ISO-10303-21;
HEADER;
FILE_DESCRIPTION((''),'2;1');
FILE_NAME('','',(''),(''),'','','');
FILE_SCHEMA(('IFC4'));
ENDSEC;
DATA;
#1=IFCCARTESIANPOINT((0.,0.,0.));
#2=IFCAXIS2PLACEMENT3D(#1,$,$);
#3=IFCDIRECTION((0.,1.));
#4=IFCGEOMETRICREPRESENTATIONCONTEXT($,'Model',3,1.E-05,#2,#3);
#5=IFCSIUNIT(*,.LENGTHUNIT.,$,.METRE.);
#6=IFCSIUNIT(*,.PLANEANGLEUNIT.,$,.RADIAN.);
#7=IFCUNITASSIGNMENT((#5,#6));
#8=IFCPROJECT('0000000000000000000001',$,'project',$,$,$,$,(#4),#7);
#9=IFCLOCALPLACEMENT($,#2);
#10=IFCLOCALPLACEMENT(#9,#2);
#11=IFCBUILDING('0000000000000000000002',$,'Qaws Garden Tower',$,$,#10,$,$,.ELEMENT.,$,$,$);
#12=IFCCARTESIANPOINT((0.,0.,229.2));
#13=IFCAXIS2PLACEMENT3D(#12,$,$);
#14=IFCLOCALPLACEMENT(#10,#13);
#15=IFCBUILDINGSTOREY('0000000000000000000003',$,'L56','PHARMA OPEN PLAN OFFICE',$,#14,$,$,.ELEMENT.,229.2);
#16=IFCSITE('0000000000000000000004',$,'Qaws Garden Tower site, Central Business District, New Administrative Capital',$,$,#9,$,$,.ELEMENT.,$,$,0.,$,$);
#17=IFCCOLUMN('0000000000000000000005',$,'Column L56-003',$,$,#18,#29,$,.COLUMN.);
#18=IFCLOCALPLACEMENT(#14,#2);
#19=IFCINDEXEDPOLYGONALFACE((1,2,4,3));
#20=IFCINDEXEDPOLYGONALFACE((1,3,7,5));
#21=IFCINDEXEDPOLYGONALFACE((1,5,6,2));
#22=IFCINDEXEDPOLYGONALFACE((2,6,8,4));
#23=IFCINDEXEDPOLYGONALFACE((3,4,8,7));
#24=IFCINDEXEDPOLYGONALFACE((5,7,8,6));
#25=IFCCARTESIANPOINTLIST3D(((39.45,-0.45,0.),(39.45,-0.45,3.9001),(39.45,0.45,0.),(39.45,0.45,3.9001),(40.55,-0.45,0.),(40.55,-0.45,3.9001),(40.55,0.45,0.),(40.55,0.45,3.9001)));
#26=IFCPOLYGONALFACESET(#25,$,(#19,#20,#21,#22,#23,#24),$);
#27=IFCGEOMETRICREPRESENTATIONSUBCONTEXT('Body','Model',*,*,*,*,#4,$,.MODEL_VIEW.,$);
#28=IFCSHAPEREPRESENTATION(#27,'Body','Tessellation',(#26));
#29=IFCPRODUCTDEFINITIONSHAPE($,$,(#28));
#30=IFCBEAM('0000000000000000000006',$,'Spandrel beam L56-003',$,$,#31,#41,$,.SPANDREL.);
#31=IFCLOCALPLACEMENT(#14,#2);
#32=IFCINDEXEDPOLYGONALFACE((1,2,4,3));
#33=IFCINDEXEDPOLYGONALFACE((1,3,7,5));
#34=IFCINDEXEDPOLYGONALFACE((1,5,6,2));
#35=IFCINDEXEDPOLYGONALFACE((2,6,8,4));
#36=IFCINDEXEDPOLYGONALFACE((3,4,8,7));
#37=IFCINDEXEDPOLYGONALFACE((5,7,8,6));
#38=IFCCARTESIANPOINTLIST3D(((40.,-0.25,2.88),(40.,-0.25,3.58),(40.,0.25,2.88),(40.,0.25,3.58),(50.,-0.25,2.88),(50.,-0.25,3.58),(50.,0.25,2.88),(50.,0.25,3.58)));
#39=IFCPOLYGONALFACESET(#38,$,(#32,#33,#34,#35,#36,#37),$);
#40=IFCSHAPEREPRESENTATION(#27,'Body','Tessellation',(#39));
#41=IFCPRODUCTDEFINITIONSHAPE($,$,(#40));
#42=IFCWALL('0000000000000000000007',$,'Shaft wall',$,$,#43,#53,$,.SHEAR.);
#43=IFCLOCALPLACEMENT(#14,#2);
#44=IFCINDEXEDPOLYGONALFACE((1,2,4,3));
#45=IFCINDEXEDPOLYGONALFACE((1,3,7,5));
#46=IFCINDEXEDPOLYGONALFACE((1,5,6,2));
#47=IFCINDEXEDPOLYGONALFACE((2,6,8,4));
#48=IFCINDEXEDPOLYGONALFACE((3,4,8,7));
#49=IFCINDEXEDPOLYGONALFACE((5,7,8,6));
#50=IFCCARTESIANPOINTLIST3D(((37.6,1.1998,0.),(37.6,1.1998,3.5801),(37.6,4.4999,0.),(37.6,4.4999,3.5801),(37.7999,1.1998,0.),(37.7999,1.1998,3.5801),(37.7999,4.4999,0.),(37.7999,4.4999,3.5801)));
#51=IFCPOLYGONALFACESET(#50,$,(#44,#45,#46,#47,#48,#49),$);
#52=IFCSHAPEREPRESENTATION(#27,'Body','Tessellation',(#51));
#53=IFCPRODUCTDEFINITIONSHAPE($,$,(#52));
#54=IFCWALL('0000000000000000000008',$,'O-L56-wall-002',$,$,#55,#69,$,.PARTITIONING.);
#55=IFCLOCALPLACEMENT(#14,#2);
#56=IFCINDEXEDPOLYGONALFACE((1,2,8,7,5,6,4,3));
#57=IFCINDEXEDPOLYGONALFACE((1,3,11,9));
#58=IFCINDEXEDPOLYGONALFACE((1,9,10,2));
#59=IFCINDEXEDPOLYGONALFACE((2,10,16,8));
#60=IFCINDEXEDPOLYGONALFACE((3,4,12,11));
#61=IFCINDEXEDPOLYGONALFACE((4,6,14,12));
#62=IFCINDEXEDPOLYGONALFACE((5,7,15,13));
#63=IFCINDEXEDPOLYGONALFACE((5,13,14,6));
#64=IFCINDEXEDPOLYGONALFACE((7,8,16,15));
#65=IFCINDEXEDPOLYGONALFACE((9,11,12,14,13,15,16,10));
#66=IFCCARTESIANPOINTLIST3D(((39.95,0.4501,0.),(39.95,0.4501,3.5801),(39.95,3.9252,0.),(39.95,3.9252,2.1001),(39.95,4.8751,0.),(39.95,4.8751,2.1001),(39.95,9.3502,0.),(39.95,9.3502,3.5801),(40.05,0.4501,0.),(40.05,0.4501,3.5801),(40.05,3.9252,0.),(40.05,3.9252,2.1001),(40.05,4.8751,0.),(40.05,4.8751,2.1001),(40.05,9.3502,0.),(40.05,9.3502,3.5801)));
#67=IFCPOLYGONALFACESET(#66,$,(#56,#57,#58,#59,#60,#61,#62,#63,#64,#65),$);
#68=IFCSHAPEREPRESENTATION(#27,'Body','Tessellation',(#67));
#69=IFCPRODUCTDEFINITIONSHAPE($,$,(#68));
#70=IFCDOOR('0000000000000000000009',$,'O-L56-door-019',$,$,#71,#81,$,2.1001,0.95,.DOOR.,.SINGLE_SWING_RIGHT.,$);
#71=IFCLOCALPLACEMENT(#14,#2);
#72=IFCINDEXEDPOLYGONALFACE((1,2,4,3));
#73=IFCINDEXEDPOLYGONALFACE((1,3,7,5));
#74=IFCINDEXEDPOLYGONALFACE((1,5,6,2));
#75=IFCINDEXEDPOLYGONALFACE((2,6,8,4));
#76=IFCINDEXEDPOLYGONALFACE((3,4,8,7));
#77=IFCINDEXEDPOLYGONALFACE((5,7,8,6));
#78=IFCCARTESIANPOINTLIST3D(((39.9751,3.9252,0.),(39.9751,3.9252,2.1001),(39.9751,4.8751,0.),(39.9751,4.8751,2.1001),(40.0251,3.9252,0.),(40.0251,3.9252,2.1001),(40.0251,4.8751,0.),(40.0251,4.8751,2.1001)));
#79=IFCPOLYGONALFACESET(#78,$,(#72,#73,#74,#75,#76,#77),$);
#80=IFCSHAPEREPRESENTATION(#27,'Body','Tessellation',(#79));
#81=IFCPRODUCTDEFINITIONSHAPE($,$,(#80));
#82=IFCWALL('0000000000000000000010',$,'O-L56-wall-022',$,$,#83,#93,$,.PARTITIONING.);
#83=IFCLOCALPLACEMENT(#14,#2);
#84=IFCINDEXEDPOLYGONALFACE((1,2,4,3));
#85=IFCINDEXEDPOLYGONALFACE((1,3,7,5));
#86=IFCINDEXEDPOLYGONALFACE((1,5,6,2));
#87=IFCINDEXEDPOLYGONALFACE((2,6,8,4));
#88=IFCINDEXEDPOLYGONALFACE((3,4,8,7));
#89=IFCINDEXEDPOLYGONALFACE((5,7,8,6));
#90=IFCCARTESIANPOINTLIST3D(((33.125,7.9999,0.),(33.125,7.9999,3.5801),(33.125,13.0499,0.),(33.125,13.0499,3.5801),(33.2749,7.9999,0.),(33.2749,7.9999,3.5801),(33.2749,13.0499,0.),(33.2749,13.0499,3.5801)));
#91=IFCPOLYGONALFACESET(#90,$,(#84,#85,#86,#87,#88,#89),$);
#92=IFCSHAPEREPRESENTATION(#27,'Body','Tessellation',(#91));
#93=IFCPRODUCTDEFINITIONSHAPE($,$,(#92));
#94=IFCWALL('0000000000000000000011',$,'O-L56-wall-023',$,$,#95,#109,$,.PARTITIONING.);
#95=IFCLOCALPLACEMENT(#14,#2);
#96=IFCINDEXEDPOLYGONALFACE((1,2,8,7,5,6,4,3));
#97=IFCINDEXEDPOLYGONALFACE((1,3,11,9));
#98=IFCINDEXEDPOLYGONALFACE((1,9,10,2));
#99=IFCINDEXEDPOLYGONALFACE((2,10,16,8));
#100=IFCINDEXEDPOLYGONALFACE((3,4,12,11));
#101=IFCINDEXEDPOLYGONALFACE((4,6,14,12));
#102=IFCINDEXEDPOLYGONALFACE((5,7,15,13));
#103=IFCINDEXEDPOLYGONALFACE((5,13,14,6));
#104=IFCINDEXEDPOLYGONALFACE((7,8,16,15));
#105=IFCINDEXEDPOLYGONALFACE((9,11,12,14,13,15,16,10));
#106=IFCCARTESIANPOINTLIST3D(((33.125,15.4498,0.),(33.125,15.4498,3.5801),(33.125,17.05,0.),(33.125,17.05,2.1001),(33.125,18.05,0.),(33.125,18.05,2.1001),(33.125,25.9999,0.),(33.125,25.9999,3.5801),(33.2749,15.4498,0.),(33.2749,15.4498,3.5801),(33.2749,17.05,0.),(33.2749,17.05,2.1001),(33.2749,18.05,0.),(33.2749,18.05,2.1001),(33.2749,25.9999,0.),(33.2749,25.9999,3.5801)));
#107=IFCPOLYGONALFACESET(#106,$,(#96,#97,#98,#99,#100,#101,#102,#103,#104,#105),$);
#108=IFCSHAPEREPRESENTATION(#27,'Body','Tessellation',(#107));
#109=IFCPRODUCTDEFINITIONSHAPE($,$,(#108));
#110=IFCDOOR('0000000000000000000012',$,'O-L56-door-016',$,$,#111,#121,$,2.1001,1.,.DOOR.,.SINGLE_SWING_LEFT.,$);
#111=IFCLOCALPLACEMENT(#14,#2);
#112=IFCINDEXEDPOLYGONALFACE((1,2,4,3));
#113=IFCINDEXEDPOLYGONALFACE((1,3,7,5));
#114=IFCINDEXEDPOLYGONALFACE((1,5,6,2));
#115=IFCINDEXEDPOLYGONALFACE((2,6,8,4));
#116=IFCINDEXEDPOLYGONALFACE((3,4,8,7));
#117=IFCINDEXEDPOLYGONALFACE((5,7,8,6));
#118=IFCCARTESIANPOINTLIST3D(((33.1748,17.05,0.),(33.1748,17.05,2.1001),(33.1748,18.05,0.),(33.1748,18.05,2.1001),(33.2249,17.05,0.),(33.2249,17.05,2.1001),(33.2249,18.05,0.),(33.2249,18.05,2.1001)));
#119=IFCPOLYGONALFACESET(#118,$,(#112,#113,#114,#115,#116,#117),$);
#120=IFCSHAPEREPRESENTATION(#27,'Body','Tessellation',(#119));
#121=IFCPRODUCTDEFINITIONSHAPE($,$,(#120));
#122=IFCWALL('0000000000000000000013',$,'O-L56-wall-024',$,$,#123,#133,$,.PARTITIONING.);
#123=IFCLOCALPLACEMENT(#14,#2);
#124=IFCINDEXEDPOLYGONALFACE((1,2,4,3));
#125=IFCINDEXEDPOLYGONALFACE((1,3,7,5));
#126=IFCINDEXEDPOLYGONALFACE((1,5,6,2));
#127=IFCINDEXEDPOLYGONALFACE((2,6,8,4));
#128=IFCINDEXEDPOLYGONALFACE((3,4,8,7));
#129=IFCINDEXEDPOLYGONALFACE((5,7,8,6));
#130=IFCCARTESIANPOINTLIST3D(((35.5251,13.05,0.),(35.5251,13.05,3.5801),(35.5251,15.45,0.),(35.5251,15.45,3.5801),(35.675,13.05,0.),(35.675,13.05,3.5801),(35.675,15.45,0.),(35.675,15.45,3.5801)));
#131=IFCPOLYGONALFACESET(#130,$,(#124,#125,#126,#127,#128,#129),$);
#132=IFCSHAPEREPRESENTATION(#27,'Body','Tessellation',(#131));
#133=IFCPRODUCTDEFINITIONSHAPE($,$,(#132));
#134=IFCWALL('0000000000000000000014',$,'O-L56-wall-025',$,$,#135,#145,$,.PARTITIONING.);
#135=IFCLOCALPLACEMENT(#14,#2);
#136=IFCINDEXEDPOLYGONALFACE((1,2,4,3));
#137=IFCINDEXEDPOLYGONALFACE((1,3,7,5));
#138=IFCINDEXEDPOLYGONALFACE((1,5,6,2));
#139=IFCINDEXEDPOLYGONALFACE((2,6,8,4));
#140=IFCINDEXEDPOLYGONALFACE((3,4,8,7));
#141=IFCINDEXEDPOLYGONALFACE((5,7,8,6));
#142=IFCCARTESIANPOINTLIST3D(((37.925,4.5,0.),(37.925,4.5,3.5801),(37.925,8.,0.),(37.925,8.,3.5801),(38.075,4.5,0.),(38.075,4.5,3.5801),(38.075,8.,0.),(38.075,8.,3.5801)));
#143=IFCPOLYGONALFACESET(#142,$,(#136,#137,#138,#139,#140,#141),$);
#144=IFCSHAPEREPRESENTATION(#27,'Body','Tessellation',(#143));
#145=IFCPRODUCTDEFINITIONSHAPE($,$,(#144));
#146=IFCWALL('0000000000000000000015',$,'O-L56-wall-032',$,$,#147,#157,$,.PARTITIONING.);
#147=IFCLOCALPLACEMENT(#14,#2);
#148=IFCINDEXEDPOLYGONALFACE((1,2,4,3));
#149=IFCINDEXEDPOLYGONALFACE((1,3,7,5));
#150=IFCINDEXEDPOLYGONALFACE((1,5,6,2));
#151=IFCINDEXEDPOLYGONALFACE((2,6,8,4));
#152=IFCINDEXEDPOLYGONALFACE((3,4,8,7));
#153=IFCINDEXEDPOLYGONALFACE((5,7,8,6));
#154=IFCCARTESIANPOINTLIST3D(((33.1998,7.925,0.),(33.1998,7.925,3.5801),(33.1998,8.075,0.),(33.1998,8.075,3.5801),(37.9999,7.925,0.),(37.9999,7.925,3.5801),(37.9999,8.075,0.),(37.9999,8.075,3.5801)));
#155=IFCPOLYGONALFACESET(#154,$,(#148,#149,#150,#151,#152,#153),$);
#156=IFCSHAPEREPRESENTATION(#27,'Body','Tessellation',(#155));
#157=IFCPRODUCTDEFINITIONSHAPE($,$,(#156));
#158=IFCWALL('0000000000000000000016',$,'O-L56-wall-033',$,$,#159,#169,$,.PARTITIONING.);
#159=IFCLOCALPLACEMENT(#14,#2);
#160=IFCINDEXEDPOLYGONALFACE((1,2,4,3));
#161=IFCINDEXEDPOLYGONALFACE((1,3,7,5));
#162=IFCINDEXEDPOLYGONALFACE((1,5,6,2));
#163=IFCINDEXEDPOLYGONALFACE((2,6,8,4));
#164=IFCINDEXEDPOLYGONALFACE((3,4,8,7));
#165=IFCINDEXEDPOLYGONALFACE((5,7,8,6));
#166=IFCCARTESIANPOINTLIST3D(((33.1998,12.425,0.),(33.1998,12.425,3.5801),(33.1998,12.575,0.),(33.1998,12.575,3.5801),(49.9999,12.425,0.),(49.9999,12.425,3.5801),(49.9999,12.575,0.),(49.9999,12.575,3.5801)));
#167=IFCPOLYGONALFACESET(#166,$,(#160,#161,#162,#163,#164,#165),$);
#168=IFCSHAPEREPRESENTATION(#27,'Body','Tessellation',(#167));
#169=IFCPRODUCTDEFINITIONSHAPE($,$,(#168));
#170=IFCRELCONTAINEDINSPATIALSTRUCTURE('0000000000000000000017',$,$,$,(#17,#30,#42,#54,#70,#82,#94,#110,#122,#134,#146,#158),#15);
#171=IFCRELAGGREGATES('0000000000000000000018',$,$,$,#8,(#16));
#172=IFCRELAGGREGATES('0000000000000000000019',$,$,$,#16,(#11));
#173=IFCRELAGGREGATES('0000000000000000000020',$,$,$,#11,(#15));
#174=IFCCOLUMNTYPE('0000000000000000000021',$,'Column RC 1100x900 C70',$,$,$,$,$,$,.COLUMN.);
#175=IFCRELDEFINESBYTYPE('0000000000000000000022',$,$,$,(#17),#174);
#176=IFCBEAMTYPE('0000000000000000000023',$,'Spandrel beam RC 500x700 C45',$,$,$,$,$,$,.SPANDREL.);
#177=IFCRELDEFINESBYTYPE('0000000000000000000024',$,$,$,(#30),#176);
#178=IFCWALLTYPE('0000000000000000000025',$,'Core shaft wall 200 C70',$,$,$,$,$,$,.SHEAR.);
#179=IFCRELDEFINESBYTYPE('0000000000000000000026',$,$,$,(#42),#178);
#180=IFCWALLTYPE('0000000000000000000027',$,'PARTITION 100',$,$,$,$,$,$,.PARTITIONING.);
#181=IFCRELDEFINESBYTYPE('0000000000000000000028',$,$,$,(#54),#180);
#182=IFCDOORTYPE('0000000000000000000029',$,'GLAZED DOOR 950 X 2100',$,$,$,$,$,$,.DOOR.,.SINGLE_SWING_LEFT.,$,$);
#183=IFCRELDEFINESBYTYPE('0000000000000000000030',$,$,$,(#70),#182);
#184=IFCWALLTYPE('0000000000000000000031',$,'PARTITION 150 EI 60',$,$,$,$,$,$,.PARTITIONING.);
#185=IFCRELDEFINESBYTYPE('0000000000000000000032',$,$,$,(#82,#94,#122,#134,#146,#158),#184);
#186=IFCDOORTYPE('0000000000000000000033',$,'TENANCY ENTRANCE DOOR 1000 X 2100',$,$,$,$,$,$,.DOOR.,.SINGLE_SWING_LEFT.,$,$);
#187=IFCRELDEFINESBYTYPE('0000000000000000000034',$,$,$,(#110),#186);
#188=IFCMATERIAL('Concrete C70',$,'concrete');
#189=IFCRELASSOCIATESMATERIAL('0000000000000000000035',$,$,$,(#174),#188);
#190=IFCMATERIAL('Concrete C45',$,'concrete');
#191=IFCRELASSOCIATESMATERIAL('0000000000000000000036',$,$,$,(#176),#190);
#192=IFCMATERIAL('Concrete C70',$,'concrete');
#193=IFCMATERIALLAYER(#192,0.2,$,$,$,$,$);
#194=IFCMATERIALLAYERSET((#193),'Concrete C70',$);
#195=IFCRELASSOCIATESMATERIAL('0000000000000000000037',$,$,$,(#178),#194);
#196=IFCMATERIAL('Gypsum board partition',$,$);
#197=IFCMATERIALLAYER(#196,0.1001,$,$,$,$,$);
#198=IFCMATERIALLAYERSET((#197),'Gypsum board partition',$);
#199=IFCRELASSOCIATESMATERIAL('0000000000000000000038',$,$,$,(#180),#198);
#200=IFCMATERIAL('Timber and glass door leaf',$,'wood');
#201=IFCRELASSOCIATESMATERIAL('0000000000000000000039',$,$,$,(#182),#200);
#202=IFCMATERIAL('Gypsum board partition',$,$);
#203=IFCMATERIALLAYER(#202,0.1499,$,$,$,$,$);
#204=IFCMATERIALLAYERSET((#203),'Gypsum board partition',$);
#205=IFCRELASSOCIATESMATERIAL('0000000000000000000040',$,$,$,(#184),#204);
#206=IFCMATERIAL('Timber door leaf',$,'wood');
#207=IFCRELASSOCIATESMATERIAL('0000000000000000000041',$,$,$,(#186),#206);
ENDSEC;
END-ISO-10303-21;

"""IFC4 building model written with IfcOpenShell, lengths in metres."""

from ifc_helpers import new_model, si_unit, direction, frame, frame_2d, origin, origin_2d, place, context, subcontext, project, spatial, rectangle, extrude, material, layer, layer_set, material_profile, profile_set, type_object, element, fill, save


model = new_model("IFC4")

# Units and contexts
model_context = context("Model", 3, precision=1e-05, world=origin(), true_north=direction((0.0, 1.0)))
body_context = subcontext(model_context, "Body", "Model", "MODEL_VIEW")
ifc_project = project(units=[si_unit("LENGTHUNIT", "METRE"), si_unit("PLANEANGLEUNIT", "RADIAN")], contexts=[model_context])

# Site, building, storey
site_placement = place(None, origin())
site = spatial("IfcSite", under=ifc_project, at=site_placement, Name="Qaws Garden Tower site, Central Business District, New Administrative Capital", CompositionType="ELEMENT", RefElevation=0.0)
building_placement = place(site_placement, origin())
building = spatial("IfcBuilding", under=site, at=building_placement, Name="Qaws Garden Tower", CompositionType="ELEMENT")
storey_placement = place(building_placement, frame((0.0, 0.0, 229.2)))
storey = spatial("IfcBuildingStorey", under=building, at=storey_placement, Name="L56", Description="PHARMA OPEN PLAN OFFICE", CompositionType="ELEMENT", Elevation=229.2)

# Column
ifc_material_1 = material(Name="Concrete C70", Category="concrete")
ifc_material_profile_1 = material_profile(ifc_material_1, rectangle(XDim=1.1001, YDim=0.8999, at=origin_2d()), Name="RC 1100x900")
ifc_profile_set_1 = profile_set([ifc_material_profile_1], Name="Concrete C70")
column_type = type_object("IfcColumnType", Name="Column RC 1100x900 C70", PredefinedType="COLUMN", material=ifc_profile_set_1)
column_placement = place(storey_placement, frame((40.0, 0.0, 0.0), z_axis=(0.0, 0.0, 1.0), x_axis=(1.0, 0.0, 0.0)))
element("IfcColumn", 1, at=column_placement, inside=storey, type_object=column_type, Name="Column L56-003", PredefinedType="COLUMN", context=body_context, shape_type="SweptSolid", body=[
    extrude(rectangle(XDim=1.1001, YDim=0.8999, at=origin_2d()), origin(), (0.0, 0.0, 1.0), 3.9001),
])

# Beam
ifc_material_2 = material(Name="Concrete C45", Category="concrete")
ifc_material_profile_2 = material_profile(ifc_material_2, rectangle(XDim=0.5, YDim=0.7, at=origin_2d()), Name="RC 500x700")
ifc_profile_set_2 = profile_set([ifc_material_profile_2], Name="Concrete C45")
beam_type = type_object("IfcBeamType", Name="Spandrel beam RC 500x700 C45", PredefinedType="SPANDREL", material=ifc_profile_set_2)
beam_placement = place(storey_placement, frame((40.0, 0.0, 3.23), z_axis=(1.0, 0.0, 0.0), x_axis=(0.0, 1.0, 0.0)))
element("IfcBeam", 2, at=beam_placement, inside=storey, type_object=beam_type, Name="Spandrel beam L56-003", PredefinedType="SPANDREL", context=body_context, shape_type="SweptSolid", body=[
    extrude(rectangle(XDim=0.5, YDim=0.7, at=origin_2d()), origin(), (0.0, 0.0, 1.0), 10.0),
])

# Wall
ifc_material_3 = material(Name="Concrete C70", Category="concrete")
ifc_layer_1 = layer(ifc_material_3, 0.2)
ifc_layer_set_1 = layer_set([ifc_layer_1], Name="Concrete C70")
wall_type_1 = type_object("IfcWallType", Name="Core shaft wall 200 C70", PredefinedType="SHEAR", material=ifc_layer_set_1)
wall_1_placement = place(storey_placement, frame((37.7, 1.2, 0.0), z_axis=(0.0, 0.0, 1.0), x_axis=(0.0, 1.0, 0.0)))
element("IfcWall", 3, at=wall_1_placement, inside=storey, type_object=wall_type_1, Name="Shaft wall", PredefinedType="SHEAR", context=body_context, shape_type="SweptSolid", body=[
    extrude(rectangle(XDim=3.3, YDim=0.2, at=frame_2d((1.6499, 0.0))), origin(), (0.0, 0.0, 1.0), 3.5801),
])

# Wall, opening, door
ifc_material_4 = material(Name="Gypsum board partition")
ifc_layer_2 = layer(ifc_material_4, 0.1001)
ifc_layer_set_2 = layer_set([ifc_layer_2], Name="Gypsum board partition")
wall_type_2 = type_object("IfcWallType", Name="PARTITION 100", PredefinedType="PARTITIONING", material=ifc_layer_set_2)
wall_2_placement = place(storey_placement, frame((40.0, 0.45, 0.0), z_axis=(0.0, 0.0, 1.0), x_axis=(0.0, 1.0, 0.0)))
wall_2 = element("IfcWall", 4, at=wall_2_placement, inside=storey, type_object=wall_type_2, Name="O-L56-wall-002", PredefinedType="PARTITIONING", context=body_context, shape_type="SweptSolid", body=[
    extrude(rectangle(XDim=8.9001, YDim=0.1001, at=frame_2d((4.4502, 0.0))), origin(), (0.0, 0.0, 1.0), 3.5801),
])
opening_1_placement = place(wall_2_placement, frame((3.4751, 0.0, 0.0)))
opening_1 = element("IfcOpeningElement", 5, at=opening_1_placement, cuts=wall_2, PredefinedType="OPENING", context=body_context, shape_type="SweptSolid", body=[
    extrude(rectangle(XDim=0.95, YDim=2.1001, at=frame_2d((0.4751, 1.05))), frame((0.0, 0.0601, 0.0), z_axis=(0.0, -1.0, 0.0), x_axis=(1.0, 0.0, 0.0)), (0.0, 0.0, 1.0), 0.1201),
])
ifc_material_5 = material(Name="Timber and glass door leaf", Category="wood")
door_type_1 = type_object("IfcDoorType", Name="GLAZED DOOR 950 X 2100", OperationType="SINGLE_SWING_LEFT", PredefinedType="DOOR", material=ifc_material_5)
door_1_placement = place(opening_1_placement, origin())
door_1 = element("IfcDoor", 6, at=door_1_placement, inside=storey, type_object=door_type_1, Name="O-L56-door-019", OperationType="SINGLE_SWING_RIGHT", OverallHeight=2.1001, OverallWidth=0.95, PredefinedType="DOOR", context=body_context, shape_type="SweptSolid", body=[
    extrude(rectangle(XDim=0.95, YDim=2.1001, at=frame_2d((0.4751, 1.05))), frame((0.0, 0.0249, 0.0), z_axis=(0.0, -1.0, 0.0), x_axis=(1.0, 0.0, 0.0)), (0.0, 0.0, 1.0), 0.05),
])
fill(opening_1, door_1)

# Wall
ifc_material_6 = material(Name="Gypsum board partition")
ifc_layer_3 = layer(ifc_material_6, 0.1499)
ifc_layer_set_3 = layer_set([ifc_layer_3], Name="Gypsum board partition")
wall_type_3 = type_object("IfcWallType", Name="PARTITION 150 EI 60", PredefinedType="PARTITIONING", material=ifc_layer_set_3)
wall_3_placement = place(storey_placement, frame((33.2, 8.0, 0.0), z_axis=(0.0, 0.0, 1.0), x_axis=(0.0, 1.0, 0.0)))
element("IfcWall", 7, at=wall_3_placement, inside=storey, type_object=wall_type_3, Name="O-L56-wall-022", PredefinedType="PARTITIONING", context=body_context, shape_type="SweptSolid", body=[
    extrude(rectangle(XDim=5.05, YDim=0.1499, at=frame_2d((2.5249, 0.0))), origin(), (0.0, 0.0, 1.0), 3.5801),
])

# Wall, opening, door
wall_4_placement = place(storey_placement, frame((33.2, 15.45, 0.0), z_axis=(0.0, 0.0, 1.0), x_axis=(0.0, 1.0, 0.0)))
wall_4 = element("IfcWall", 8, at=wall_4_placement, inside=storey, type_object=wall_type_3, Name="O-L56-wall-023", PredefinedType="PARTITIONING", context=body_context, shape_type="SweptSolid", body=[
    extrude(rectangle(XDim=10.55, YDim=0.1499, at=frame_2d((5.2749, 0.0))), origin(), (0.0, 0.0, 1.0), 3.5801),
])
opening_2_placement = place(wall_4_placement, frame((1.6001, 0.0, 0.0)))
opening_2 = element("IfcOpeningElement", 9, at=opening_2_placement, cuts=wall_4, PredefinedType="OPENING", context=body_context, shape_type="SweptSolid", body=[
    extrude(rectangle(XDim=1.0, YDim=2.1001, at=frame_2d((0.5, 1.05))), frame((0.0, 0.085, 0.0), z_axis=(0.0, -1.0, 0.0), x_axis=(1.0, 0.0, 0.0)), (0.0, 0.0, 1.0), 0.1699),
])
ifc_material_7 = material(Name="Timber door leaf", Category="wood")
door_type_2 = type_object("IfcDoorType", Name="TENANCY ENTRANCE DOOR 1000 X 2100", OperationType="SINGLE_SWING_LEFT", PredefinedType="DOOR", material=ifc_material_7)
door_2_placement = place(opening_2_placement, frame((1.0, 0.0, 0.0), z_axis=(0.0, 0.0, 1.0), x_axis=(-1.0, 0.0, 0.0)))
door_2 = element("IfcDoor", 10, at=door_2_placement, inside=storey, type_object=door_type_2, Name="O-L56-door-016", OperationType="SINGLE_SWING_LEFT", OverallHeight=2.1001, OverallWidth=1.0, PredefinedType="DOOR", context=body_context, shape_type="SweptSolid", body=[
    extrude(rectangle(XDim=1.0, YDim=2.1001, at=frame_2d((0.5, 1.05))), frame((0.0, 0.0249, 0.0), z_axis=(0.0, -1.0, 0.0), x_axis=(1.0, 0.0, 0.0)), (0.0, 0.0, 1.0), 0.05),
])
fill(opening_2, door_2)

# Walls
wall_5_placement = place(storey_placement, frame((35.6001, 13.05, 0.0), z_axis=(0.0, 0.0, 1.0), x_axis=(0.0, 1.0, 0.0)))
element("IfcWall", 11, at=wall_5_placement, inside=storey, type_object=wall_type_3, Name="O-L56-wall-024", PredefinedType="PARTITIONING", context=body_context, shape_type="SweptSolid", body=[
    extrude(rectangle(XDim=2.3999, YDim=0.1499, at=frame_2d((1.2, 0.0))), origin(), (0.0, 0.0, 1.0), 3.5801),
])
wall_6_placement = place(storey_placement, frame((38.0, 4.5, 0.0), z_axis=(0.0, 0.0, 1.0), x_axis=(0.0, 1.0, 0.0)))
element("IfcWall", 12, at=wall_6_placement, inside=storey, type_object=wall_type_3, Name="O-L56-wall-025", PredefinedType="PARTITIONING", context=body_context, shape_type="SweptSolid", body=[
    extrude(rectangle(XDim=3.5, YDim=0.1499, at=frame_2d((1.75, 0.0))), origin(), (0.0, 0.0, 1.0), 3.5801),
])
wall_7_placement = place(storey_placement, frame((33.2, 8.0, 0.0), z_axis=(0.0, 0.0, 1.0), x_axis=(1.0, 0.0, 0.0)))
element("IfcWall", 13, at=wall_7_placement, inside=storey, type_object=wall_type_3, Name="O-L56-wall-032", PredefinedType="PARTITIONING", context=body_context, shape_type="SweptSolid", body=[
    extrude(rectangle(XDim=4.8, YDim=0.1499, at=frame_2d((2.3999, 0.0))), origin(), (0.0, 0.0, 1.0), 3.5801),
])
wall_8_placement = place(storey_placement, frame((33.2, 12.5, 0.0), z_axis=(0.0, 0.0, 1.0), x_axis=(1.0, 0.0, 0.0)))
element("IfcWall", 14, at=wall_8_placement, inside=storey, type_object=wall_type_3, Name="O-L56-wall-033", PredefinedType="PARTITIONING", context=body_context, shape_type="SweptSolid", body=[
    extrude(rectangle(XDim=16.8, YDim=0.1499, at=frame_2d((8.3999, 0.0))), origin(), (0.0, 0.0, 1.0), 3.5801),
])

save(model, "model.ifc")
